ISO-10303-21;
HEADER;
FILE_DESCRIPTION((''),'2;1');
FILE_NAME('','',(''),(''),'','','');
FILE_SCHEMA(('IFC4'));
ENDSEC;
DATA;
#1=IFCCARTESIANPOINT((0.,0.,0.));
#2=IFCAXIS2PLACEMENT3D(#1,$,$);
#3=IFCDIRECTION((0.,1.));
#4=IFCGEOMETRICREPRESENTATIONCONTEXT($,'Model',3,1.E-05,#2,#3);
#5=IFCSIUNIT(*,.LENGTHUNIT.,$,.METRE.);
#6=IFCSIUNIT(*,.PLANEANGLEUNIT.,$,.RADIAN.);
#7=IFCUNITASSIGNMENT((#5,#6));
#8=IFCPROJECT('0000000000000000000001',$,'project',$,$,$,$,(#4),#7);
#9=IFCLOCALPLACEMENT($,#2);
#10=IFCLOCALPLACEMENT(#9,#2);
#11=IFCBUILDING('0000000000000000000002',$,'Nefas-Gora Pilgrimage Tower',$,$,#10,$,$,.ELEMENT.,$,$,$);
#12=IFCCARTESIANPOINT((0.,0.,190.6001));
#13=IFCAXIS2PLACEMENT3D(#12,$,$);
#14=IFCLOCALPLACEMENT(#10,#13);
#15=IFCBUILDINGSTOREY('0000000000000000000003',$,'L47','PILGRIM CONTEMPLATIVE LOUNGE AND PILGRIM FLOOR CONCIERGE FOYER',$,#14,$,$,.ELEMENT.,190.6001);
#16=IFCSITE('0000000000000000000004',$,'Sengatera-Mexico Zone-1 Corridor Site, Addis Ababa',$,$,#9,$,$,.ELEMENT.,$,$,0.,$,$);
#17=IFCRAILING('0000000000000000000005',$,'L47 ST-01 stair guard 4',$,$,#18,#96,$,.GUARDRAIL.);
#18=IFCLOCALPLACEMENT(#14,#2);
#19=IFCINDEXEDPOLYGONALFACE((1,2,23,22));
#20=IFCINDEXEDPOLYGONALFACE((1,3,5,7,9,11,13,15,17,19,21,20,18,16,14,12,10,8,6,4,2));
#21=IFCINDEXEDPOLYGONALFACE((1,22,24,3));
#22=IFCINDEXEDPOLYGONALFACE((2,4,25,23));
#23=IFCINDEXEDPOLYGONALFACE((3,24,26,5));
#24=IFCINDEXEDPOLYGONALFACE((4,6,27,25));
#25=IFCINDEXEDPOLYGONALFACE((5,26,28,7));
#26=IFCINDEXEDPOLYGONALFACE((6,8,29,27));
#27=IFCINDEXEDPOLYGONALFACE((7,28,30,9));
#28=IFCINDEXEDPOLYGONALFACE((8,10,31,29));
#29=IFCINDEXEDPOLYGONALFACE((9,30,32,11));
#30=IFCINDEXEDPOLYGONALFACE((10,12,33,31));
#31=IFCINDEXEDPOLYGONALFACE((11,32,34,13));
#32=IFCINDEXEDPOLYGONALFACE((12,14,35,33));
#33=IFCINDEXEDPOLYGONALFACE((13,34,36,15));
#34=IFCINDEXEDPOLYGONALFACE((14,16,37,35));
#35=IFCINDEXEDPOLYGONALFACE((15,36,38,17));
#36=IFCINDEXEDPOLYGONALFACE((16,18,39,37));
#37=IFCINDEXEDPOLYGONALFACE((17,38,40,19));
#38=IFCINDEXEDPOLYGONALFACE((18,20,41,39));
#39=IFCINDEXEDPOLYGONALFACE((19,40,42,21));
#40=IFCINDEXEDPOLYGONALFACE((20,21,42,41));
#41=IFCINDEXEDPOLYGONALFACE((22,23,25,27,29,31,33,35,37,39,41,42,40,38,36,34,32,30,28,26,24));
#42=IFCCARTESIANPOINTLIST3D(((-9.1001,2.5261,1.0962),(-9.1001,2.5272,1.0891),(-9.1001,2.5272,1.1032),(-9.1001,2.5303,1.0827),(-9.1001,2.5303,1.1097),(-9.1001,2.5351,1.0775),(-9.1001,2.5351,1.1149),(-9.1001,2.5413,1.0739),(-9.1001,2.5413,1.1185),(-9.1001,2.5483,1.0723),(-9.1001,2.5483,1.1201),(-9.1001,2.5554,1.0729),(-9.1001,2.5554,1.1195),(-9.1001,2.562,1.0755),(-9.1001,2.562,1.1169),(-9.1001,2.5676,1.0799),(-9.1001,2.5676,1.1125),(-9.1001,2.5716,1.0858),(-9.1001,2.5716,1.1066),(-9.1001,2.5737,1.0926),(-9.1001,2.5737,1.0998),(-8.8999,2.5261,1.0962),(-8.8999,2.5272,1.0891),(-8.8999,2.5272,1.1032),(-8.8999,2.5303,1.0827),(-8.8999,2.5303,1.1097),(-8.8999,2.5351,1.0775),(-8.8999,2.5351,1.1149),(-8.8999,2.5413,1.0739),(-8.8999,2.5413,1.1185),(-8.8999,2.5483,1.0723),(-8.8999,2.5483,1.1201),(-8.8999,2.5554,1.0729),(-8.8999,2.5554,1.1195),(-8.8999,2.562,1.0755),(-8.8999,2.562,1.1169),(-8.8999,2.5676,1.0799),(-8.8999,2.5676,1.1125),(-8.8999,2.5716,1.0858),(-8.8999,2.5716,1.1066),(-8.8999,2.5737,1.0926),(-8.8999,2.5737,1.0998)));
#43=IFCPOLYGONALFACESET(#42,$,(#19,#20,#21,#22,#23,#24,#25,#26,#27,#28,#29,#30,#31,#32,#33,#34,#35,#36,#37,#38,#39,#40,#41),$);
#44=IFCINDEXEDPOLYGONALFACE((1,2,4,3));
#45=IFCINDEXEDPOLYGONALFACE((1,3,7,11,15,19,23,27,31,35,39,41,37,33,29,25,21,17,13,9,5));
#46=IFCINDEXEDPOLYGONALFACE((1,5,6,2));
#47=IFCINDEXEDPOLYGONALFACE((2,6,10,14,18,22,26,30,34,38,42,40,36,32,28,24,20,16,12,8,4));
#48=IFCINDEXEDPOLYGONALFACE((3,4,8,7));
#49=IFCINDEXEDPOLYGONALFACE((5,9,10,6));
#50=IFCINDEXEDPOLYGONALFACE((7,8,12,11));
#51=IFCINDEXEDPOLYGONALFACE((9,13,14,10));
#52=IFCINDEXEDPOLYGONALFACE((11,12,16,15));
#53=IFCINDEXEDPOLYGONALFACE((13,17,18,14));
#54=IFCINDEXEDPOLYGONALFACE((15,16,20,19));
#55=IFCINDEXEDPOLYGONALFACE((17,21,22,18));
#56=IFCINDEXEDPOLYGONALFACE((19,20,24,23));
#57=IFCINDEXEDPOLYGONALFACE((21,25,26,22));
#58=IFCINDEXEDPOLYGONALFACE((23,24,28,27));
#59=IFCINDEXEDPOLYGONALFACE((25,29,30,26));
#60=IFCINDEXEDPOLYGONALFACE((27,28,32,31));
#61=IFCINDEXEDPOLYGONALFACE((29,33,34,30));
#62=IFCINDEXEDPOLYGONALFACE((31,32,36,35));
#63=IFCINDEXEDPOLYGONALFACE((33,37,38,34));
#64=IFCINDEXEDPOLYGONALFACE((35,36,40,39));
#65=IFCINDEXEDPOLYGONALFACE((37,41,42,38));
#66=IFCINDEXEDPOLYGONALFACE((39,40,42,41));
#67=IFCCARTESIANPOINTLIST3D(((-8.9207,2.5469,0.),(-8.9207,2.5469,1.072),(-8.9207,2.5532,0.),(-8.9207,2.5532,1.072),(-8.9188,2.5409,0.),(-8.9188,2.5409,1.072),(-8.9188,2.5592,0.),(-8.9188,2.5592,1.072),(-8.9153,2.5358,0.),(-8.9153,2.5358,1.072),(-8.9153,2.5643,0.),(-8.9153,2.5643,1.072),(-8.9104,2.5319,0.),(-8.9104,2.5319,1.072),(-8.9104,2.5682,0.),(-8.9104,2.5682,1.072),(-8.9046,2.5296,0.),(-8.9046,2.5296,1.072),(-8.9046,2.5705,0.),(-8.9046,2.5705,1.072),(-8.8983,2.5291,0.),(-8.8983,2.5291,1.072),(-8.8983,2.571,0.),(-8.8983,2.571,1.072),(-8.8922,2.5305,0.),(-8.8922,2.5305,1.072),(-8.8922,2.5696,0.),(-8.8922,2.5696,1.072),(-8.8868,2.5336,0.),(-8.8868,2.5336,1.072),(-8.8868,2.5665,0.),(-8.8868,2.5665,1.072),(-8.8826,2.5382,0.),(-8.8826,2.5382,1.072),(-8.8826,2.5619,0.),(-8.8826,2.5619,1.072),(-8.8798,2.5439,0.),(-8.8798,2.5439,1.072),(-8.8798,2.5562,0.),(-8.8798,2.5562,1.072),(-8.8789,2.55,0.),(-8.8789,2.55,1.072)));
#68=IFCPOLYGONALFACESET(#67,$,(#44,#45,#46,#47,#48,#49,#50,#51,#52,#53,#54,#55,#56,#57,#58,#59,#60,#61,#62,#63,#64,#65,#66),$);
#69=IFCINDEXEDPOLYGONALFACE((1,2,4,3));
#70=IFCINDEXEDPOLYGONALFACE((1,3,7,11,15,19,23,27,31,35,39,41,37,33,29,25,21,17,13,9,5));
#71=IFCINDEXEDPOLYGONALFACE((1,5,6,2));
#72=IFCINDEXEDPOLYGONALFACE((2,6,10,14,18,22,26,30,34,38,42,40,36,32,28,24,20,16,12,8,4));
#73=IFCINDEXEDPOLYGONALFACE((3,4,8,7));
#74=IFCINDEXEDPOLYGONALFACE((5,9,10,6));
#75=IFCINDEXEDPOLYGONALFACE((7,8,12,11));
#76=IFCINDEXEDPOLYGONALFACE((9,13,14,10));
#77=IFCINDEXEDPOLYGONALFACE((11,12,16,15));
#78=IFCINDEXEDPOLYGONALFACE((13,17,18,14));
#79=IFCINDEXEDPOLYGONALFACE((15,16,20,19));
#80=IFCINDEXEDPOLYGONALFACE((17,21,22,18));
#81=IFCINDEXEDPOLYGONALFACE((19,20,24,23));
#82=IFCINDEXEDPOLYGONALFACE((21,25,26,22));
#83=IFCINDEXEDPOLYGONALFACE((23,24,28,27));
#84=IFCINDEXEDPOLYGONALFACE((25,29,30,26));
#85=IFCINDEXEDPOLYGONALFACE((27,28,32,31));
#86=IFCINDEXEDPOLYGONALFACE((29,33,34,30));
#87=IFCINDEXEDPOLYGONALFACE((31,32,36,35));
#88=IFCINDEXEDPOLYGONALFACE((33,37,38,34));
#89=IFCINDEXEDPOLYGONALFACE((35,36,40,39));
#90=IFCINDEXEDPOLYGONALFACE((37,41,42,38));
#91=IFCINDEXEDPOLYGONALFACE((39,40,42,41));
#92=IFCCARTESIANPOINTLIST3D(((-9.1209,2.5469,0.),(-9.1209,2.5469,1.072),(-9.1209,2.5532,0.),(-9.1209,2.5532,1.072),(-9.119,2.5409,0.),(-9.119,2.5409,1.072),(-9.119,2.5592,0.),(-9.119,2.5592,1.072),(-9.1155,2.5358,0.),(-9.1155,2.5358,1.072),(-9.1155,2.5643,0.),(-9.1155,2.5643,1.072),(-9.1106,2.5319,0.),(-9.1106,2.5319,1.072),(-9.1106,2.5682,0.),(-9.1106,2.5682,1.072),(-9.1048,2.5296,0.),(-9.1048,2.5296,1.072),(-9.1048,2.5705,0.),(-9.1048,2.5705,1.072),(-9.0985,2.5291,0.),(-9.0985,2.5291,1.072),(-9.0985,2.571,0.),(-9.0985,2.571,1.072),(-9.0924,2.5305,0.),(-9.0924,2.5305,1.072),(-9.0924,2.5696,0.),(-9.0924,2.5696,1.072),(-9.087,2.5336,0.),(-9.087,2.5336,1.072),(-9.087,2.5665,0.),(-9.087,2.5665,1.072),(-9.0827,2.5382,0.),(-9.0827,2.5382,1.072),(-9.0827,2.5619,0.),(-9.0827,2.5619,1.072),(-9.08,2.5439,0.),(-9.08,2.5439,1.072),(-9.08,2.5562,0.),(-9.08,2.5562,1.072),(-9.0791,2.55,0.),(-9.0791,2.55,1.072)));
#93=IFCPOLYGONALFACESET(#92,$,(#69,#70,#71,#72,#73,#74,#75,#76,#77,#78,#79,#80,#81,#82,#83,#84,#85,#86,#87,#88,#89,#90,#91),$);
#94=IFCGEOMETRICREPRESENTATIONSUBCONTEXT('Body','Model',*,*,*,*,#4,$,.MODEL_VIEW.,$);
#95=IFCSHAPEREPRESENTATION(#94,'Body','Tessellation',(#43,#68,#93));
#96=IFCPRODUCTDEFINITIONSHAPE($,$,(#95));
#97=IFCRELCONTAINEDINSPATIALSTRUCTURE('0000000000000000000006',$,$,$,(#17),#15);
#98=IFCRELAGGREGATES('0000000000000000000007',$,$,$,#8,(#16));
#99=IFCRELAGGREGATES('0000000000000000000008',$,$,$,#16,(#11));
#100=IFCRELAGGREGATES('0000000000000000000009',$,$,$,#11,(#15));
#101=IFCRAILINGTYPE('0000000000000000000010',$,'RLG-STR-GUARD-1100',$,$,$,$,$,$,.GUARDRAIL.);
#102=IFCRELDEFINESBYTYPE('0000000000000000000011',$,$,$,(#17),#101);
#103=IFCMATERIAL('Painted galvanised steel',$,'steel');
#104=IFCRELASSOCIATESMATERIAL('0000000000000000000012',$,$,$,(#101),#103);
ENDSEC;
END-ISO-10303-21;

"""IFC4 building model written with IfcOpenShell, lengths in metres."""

from ifc_helpers import new_model, si_unit, direction, frame, origin, origin_2d, place, context, subcontext, project, spatial, circle, extrude, material, type_object, element, save


model = new_model("IFC4")

# Units and contexts
model_context = context("Model", 3, precision=1e-05, world=origin(), true_north=direction((0.0, 1.0)))
body_context = subcontext(model_context, "Body", "Model", "MODEL_VIEW")
ifc_project = project(units=[si_unit("LENGTHUNIT", "METRE"), si_unit("PLANEANGLEUNIT", "RADIAN")], contexts=[model_context])

# Site, building, storey
site_placement = place(None, origin())
site = spatial("IfcSite", under=ifc_project, at=site_placement, Name="Sengatera-Mexico Zone-1 Corridor Site, Addis Ababa", CompositionType="ELEMENT", RefElevation=0.0)
building_placement = place(site_placement, origin())
building = spatial("IfcBuilding", under=site, at=building_placement, Name="Nefas-Gora Pilgrimage Tower", CompositionType="ELEMENT")
storey_placement = place(building_placement, frame((0.0, 0.0, 190.6001)))
storey = spatial("IfcBuildingStorey", under=building, at=storey_placement, Name="L47", Description="PILGRIM CONTEMPLATIVE LOUNGE AND PILGRIM FLOOR CONCIERGE FOYER", CompositionType="ELEMENT", Elevation=190.6001)

# Railing
ifc_material_1 = material(Name="Painted galvanised steel", Category="steel")
railing_type_1 = type_object("IfcRailingType", Name="RLG-STR-GUARD-1100", PredefinedType="GUARDRAIL", material=ifc_material_1)
railing_1_placement = place(storey_placement, frame((-8.8999, 2.55, 0.0)))
element("IfcRailing", 1, at=railing_1_placement, inside=storey, type_object=railing_type_1, Name="L47 ST-01 stair guard 4", PredefinedType="GUARDRAIL", context=body_context, shape_type="SweptSolid", body=[
    extrude(circle(Radius=0.0239, at=origin_2d()), frame((0.0, 0.0, 1.0962), z_axis=(-1.0, 0.0, 0.0), x_axis=(0.0, -1.0, 0.0)), (0.0, 0.0, 1.0), 0.2002),
    extrude(circle(Radius=0.021, at=origin_2d()), origin(), (0.0, 0.0, 1.0), 1.072),
    extrude(circle(Radius=0.021, at=origin_2d()), frame((-0.2002, 0.0, 0.0)), (0.0, 0.0, 1.0), 1.072),
])

save(model, "model.ifc")
